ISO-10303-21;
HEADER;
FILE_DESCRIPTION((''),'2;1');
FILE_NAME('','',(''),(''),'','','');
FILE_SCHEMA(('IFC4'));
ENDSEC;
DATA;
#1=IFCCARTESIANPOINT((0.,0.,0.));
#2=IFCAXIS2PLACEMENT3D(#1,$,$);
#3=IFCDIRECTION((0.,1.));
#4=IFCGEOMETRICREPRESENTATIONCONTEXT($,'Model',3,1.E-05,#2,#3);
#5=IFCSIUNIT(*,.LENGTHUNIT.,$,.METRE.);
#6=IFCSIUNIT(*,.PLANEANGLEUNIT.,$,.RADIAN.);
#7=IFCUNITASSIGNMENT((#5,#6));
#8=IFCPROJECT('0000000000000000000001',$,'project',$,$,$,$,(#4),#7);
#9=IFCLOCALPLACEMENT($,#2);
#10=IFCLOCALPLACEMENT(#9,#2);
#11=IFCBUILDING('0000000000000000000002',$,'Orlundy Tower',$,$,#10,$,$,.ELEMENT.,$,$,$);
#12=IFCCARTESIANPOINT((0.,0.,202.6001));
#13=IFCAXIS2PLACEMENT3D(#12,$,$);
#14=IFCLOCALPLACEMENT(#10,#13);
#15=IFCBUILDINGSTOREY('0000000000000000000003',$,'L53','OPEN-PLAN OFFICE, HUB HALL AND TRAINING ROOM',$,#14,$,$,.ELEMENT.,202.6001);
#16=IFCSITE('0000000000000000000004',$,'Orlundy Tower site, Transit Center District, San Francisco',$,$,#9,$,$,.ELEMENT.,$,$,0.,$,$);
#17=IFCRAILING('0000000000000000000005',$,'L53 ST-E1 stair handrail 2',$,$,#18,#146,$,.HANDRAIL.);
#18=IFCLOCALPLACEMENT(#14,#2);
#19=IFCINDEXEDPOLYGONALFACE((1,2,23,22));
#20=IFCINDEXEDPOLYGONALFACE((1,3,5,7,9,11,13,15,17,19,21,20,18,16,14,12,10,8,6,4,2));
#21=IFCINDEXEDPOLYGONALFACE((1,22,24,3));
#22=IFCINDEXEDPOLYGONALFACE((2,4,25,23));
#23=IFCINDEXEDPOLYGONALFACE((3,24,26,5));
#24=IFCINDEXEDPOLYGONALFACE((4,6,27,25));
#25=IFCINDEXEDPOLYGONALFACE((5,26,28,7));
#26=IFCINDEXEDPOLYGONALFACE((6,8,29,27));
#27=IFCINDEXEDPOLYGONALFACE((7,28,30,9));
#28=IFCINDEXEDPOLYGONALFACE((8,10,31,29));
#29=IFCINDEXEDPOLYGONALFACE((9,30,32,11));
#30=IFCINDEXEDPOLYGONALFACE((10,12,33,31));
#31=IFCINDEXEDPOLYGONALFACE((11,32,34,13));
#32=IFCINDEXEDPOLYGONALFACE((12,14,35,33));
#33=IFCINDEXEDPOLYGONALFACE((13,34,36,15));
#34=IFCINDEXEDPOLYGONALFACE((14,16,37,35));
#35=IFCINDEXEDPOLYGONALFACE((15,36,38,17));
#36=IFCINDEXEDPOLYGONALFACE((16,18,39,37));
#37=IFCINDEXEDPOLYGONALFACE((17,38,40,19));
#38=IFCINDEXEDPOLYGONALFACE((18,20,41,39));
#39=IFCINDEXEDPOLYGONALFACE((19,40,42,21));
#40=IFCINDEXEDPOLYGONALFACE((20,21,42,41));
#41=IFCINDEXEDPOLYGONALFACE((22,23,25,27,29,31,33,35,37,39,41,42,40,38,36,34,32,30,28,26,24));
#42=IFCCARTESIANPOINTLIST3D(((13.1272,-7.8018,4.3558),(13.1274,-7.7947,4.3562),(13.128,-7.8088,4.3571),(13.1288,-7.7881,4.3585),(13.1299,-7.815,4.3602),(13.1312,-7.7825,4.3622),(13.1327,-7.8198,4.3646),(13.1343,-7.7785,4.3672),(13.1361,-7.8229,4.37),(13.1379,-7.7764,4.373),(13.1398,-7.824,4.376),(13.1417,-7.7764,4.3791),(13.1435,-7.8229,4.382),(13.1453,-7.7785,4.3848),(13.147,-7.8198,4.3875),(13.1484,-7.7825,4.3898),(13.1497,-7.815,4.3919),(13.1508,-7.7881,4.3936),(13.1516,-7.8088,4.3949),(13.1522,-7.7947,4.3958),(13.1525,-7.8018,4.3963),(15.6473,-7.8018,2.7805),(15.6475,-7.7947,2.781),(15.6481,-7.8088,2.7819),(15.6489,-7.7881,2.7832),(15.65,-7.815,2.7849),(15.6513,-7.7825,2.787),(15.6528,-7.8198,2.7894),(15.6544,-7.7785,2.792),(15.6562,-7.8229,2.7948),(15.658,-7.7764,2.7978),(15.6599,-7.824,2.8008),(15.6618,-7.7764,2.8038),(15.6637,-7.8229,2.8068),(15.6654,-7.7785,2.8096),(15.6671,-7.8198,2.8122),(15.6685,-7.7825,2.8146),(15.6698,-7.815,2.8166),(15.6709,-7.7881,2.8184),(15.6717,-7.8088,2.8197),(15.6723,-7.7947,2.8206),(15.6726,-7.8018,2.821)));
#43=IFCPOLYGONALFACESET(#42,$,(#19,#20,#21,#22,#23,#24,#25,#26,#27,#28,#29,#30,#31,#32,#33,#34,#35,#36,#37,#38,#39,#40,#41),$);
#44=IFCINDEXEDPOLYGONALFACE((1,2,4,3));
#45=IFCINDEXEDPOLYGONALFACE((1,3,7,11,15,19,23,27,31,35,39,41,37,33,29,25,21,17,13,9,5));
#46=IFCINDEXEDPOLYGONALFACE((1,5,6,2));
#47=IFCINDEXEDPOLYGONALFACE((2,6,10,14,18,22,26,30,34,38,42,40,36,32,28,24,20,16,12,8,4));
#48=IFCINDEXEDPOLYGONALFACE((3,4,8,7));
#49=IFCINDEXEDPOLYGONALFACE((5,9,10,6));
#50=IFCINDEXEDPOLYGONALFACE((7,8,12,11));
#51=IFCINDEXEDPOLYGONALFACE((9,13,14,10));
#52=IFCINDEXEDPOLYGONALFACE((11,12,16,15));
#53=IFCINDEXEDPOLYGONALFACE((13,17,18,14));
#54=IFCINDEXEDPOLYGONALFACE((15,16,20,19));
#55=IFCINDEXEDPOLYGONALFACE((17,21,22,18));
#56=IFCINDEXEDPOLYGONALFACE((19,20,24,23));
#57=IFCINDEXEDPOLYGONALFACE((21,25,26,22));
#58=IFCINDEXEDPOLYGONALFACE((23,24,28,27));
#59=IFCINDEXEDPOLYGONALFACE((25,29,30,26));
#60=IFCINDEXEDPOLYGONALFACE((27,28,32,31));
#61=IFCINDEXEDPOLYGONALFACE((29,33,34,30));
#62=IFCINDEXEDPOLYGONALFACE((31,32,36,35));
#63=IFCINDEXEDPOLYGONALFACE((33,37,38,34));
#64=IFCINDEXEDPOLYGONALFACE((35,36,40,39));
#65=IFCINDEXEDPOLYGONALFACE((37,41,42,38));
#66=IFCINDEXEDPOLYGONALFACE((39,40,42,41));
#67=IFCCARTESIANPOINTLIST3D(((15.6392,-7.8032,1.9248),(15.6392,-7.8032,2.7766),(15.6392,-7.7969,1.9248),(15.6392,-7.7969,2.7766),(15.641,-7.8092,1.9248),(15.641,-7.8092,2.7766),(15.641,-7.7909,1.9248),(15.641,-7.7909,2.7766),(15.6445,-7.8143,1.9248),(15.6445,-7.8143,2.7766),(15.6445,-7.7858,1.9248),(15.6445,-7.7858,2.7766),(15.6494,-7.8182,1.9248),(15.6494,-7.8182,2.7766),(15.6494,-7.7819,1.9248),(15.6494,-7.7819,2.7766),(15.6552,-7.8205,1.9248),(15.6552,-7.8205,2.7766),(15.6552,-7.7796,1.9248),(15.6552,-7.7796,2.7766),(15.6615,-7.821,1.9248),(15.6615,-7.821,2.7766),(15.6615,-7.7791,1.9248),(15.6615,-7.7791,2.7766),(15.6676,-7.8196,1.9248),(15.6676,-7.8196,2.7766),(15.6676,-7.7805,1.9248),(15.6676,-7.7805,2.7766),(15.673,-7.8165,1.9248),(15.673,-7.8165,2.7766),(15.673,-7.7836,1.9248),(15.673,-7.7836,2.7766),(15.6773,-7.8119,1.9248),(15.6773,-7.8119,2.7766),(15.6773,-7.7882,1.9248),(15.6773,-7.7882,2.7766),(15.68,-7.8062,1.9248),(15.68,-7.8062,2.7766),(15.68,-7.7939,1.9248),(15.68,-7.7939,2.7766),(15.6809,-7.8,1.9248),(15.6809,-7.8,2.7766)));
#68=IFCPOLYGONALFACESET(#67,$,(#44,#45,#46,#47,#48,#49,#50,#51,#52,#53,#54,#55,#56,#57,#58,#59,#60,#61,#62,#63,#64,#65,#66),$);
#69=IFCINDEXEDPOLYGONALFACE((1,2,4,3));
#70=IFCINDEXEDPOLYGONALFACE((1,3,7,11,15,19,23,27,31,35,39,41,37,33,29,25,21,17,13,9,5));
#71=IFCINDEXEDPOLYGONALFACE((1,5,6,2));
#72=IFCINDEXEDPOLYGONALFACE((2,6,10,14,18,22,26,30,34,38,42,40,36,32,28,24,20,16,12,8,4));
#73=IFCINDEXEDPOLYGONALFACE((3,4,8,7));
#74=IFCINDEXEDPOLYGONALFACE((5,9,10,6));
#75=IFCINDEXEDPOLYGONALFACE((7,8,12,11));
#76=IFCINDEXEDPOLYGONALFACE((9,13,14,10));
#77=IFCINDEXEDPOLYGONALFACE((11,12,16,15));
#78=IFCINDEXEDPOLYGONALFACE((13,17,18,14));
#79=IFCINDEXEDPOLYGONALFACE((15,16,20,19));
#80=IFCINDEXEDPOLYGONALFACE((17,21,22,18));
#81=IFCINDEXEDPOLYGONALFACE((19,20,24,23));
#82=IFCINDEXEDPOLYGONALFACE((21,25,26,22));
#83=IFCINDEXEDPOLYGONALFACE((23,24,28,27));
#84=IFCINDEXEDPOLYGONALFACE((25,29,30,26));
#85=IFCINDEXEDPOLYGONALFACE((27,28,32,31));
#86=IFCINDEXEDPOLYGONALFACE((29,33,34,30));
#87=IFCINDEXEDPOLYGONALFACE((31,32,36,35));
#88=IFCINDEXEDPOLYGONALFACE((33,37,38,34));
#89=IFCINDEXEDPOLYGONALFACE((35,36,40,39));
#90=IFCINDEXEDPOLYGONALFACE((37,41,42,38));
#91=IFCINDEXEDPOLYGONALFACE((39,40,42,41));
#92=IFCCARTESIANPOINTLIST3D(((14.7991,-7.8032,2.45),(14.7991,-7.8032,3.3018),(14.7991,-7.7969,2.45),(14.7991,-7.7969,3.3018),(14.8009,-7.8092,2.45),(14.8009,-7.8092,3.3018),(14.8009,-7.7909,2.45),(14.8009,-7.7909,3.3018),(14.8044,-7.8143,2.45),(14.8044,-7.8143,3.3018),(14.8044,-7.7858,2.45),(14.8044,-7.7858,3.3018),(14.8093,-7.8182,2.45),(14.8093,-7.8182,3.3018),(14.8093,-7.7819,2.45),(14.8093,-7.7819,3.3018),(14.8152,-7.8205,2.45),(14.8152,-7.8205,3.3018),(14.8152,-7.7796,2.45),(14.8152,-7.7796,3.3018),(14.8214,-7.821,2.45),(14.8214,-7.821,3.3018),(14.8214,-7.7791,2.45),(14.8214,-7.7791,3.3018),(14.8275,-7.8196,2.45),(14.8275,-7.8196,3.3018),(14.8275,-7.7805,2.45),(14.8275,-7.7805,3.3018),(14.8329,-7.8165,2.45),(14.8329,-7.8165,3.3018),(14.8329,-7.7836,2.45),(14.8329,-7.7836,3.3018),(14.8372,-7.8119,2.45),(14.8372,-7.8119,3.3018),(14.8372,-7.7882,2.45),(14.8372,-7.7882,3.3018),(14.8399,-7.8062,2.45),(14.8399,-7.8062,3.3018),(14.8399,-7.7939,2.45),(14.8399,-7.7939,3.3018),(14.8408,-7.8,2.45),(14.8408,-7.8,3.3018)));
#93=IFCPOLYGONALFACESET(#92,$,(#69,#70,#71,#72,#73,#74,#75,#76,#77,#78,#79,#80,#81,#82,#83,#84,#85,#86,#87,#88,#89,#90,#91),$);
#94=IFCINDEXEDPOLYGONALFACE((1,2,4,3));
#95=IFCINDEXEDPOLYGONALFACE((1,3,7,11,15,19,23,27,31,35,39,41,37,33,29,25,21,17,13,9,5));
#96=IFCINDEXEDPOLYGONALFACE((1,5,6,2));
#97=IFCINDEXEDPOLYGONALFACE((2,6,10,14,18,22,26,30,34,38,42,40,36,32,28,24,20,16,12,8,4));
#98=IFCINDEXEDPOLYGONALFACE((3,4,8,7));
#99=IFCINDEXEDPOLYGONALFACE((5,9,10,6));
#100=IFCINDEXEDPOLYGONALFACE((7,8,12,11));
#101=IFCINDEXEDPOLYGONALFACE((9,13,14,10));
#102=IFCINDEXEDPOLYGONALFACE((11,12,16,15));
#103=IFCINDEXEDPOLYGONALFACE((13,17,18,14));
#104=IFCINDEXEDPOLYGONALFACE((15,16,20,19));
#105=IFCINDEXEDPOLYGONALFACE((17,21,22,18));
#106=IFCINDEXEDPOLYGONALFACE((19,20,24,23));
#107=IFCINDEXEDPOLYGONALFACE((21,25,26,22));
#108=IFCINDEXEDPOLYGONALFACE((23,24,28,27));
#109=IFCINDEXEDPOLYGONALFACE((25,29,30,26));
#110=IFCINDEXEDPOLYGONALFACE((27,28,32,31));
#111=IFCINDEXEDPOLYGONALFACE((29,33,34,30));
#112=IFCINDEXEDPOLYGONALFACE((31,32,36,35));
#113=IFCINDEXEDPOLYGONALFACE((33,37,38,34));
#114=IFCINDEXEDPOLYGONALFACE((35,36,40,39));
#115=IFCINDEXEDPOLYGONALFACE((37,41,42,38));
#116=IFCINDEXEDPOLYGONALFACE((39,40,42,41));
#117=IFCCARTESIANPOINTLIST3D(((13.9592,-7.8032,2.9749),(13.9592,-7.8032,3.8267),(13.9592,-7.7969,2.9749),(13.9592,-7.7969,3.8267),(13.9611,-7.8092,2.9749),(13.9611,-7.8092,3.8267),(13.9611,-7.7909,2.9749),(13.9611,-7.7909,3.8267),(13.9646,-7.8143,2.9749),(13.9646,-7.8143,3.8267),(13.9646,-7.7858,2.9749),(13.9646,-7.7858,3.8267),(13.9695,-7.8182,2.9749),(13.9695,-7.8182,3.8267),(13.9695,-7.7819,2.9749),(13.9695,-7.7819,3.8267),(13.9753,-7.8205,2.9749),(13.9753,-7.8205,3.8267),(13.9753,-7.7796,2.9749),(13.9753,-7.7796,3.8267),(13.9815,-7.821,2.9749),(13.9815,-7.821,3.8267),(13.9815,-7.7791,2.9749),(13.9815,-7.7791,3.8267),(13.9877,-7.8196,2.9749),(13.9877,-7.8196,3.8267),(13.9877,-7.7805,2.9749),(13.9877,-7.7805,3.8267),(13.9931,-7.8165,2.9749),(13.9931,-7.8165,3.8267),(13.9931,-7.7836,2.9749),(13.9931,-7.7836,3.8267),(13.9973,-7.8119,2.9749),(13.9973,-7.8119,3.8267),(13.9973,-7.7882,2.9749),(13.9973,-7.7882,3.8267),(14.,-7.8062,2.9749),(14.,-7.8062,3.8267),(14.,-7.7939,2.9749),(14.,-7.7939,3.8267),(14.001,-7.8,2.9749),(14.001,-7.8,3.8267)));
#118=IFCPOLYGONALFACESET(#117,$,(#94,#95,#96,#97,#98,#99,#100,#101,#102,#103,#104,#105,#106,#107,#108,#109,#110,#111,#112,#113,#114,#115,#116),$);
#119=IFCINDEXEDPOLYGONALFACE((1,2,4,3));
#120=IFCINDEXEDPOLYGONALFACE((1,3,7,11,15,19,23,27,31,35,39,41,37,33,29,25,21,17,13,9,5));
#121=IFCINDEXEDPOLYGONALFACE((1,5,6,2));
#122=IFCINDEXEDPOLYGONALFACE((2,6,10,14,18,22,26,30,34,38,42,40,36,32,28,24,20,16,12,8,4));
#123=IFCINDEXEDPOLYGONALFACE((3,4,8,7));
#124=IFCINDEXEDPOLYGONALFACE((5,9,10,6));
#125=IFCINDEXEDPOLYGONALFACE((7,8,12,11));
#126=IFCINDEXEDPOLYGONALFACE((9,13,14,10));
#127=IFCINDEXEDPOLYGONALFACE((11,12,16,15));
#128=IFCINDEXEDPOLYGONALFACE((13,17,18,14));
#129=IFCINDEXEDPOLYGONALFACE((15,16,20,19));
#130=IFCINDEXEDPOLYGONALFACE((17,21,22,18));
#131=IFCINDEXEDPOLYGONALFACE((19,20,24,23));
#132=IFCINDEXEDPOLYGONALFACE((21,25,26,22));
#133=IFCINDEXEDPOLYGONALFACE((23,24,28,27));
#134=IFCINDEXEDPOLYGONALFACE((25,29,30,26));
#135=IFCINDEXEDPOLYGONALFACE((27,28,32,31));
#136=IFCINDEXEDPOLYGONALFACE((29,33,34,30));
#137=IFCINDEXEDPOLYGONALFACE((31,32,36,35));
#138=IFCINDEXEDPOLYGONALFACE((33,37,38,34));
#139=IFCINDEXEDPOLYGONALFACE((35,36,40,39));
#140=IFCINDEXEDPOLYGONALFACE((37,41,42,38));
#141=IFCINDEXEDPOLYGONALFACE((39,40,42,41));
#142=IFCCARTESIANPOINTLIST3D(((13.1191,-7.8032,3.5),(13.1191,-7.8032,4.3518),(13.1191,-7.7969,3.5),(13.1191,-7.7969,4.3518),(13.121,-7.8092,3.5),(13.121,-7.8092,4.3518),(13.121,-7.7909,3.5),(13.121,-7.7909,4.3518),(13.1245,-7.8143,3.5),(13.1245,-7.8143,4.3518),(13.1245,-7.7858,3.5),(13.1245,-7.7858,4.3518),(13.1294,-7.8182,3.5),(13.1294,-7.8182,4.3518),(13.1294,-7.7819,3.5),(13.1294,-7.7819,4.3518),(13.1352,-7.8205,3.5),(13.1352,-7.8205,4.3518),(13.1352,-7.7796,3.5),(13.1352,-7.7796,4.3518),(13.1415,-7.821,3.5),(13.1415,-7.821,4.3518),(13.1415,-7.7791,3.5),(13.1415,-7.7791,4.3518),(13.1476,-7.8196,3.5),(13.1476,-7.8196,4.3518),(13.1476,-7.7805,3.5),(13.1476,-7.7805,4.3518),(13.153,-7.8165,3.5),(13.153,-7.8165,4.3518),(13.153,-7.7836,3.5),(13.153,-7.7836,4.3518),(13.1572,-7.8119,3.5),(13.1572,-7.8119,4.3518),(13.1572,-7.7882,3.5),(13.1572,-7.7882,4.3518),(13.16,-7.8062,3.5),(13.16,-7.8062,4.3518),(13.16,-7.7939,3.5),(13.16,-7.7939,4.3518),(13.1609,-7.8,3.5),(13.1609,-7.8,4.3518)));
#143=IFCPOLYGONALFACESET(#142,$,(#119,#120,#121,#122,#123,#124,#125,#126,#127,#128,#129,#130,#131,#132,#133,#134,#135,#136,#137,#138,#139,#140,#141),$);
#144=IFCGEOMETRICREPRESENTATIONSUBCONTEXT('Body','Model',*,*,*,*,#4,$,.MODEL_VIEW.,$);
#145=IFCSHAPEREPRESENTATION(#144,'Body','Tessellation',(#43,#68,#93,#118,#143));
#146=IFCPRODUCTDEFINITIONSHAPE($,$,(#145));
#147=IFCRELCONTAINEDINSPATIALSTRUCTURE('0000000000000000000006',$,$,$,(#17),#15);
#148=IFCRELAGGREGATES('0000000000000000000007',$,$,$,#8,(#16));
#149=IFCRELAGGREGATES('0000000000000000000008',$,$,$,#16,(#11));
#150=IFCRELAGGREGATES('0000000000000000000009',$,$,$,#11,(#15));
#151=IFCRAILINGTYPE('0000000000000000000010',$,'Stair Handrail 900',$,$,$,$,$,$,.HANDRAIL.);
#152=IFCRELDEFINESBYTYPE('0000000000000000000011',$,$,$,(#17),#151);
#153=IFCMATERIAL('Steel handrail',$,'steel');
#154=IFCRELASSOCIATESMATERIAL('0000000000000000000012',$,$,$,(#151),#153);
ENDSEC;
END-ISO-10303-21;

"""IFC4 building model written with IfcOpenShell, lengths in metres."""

from ifc_helpers import new_model, si_unit, direction, frame, origin, origin_2d, place, context, subcontext, project, spatial, circle, extrude, material, type_object, element, save


model = new_model("IFC4")

# Units and contexts
model_context = context("Model", 3, precision=1e-05, world=origin(), true_north=direction((0.0, 1.0)))
body_context = subcontext(model_context, "Body", "Model", "MODEL_VIEW")
ifc_project = project(units=[si_unit("LENGTHUNIT", "METRE"), si_unit("PLANEANGLEUNIT", "RADIAN")], contexts=[model_context])

# Site, building, storey
site_placement = place(None, origin())
site = spatial("IfcSite", under=ifc_project, at=site_placement, Name="Orlundy Tower site, Transit Center District, San Francisco", CompositionType="ELEMENT", RefElevation=0.0)
building_placement = place(site_placement, origin())
building = spatial("IfcBuilding", under=site, at=building_placement, Name="Orlundy Tower", CompositionType="ELEMENT")
storey_placement = place(building_placement, frame((0.0, 0.0, 202.6001)))
storey = spatial("IfcBuildingStorey", under=building, at=storey_placement, Name="L53", Description="OPEN-PLAN OFFICE, HUB HALL AND TRAINING ROOM", CompositionType="ELEMENT", Elevation=202.6001)

# Railing
ifc_material_1 = material(Name="Steel handrail", Category="steel")
railing_type_1 = type_object("IfcRailingType", Name="Stair Handrail 900", PredefinedType="HANDRAIL", material=ifc_material_1)
railing_1_placement = place(storey_placement, frame((15.6599, -7.8, 1.9248)))
element("IfcRailing", 1, at=railing_1_placement, inside=storey, type_object=railing_type_1, Name="L53 ST-E1 stair handrail 2", PredefinedType="HANDRAIL", context=body_context, shape_type="SweptSolid", body=[
    extrude(circle(Radius=0.0239, at=origin_2d()), frame((0.0, 0.0, 0.876), z_axis=(-0.847971, 0.0, 0.530043), x_axis=(0.0, -1.0, 0.0)), (0.0, 0.0, 1.0), 2.9719),
    extrude(circle(Radius=0.021, at=origin_2d()), origin(), (0.0, 0.0, 1.0), 0.8518),
    extrude(circle(Radius=0.021, at=origin_2d()), frame((-0.8401, 0.0, 0.5251)), (0.0, 0.0, 1.0), 0.8518),
    extrude(circle(Radius=0.021, at=origin_2d()), frame((-1.6799, 0.0, 1.05)), (0.0, 0.0, 1.0), 0.8518),
    extrude(circle(Radius=0.021, at=origin_2d()), frame((-2.52, 0.0, 1.5752)), (0.0, 0.0, 1.0), 0.8518),
])

save(model, "model.ifc")
